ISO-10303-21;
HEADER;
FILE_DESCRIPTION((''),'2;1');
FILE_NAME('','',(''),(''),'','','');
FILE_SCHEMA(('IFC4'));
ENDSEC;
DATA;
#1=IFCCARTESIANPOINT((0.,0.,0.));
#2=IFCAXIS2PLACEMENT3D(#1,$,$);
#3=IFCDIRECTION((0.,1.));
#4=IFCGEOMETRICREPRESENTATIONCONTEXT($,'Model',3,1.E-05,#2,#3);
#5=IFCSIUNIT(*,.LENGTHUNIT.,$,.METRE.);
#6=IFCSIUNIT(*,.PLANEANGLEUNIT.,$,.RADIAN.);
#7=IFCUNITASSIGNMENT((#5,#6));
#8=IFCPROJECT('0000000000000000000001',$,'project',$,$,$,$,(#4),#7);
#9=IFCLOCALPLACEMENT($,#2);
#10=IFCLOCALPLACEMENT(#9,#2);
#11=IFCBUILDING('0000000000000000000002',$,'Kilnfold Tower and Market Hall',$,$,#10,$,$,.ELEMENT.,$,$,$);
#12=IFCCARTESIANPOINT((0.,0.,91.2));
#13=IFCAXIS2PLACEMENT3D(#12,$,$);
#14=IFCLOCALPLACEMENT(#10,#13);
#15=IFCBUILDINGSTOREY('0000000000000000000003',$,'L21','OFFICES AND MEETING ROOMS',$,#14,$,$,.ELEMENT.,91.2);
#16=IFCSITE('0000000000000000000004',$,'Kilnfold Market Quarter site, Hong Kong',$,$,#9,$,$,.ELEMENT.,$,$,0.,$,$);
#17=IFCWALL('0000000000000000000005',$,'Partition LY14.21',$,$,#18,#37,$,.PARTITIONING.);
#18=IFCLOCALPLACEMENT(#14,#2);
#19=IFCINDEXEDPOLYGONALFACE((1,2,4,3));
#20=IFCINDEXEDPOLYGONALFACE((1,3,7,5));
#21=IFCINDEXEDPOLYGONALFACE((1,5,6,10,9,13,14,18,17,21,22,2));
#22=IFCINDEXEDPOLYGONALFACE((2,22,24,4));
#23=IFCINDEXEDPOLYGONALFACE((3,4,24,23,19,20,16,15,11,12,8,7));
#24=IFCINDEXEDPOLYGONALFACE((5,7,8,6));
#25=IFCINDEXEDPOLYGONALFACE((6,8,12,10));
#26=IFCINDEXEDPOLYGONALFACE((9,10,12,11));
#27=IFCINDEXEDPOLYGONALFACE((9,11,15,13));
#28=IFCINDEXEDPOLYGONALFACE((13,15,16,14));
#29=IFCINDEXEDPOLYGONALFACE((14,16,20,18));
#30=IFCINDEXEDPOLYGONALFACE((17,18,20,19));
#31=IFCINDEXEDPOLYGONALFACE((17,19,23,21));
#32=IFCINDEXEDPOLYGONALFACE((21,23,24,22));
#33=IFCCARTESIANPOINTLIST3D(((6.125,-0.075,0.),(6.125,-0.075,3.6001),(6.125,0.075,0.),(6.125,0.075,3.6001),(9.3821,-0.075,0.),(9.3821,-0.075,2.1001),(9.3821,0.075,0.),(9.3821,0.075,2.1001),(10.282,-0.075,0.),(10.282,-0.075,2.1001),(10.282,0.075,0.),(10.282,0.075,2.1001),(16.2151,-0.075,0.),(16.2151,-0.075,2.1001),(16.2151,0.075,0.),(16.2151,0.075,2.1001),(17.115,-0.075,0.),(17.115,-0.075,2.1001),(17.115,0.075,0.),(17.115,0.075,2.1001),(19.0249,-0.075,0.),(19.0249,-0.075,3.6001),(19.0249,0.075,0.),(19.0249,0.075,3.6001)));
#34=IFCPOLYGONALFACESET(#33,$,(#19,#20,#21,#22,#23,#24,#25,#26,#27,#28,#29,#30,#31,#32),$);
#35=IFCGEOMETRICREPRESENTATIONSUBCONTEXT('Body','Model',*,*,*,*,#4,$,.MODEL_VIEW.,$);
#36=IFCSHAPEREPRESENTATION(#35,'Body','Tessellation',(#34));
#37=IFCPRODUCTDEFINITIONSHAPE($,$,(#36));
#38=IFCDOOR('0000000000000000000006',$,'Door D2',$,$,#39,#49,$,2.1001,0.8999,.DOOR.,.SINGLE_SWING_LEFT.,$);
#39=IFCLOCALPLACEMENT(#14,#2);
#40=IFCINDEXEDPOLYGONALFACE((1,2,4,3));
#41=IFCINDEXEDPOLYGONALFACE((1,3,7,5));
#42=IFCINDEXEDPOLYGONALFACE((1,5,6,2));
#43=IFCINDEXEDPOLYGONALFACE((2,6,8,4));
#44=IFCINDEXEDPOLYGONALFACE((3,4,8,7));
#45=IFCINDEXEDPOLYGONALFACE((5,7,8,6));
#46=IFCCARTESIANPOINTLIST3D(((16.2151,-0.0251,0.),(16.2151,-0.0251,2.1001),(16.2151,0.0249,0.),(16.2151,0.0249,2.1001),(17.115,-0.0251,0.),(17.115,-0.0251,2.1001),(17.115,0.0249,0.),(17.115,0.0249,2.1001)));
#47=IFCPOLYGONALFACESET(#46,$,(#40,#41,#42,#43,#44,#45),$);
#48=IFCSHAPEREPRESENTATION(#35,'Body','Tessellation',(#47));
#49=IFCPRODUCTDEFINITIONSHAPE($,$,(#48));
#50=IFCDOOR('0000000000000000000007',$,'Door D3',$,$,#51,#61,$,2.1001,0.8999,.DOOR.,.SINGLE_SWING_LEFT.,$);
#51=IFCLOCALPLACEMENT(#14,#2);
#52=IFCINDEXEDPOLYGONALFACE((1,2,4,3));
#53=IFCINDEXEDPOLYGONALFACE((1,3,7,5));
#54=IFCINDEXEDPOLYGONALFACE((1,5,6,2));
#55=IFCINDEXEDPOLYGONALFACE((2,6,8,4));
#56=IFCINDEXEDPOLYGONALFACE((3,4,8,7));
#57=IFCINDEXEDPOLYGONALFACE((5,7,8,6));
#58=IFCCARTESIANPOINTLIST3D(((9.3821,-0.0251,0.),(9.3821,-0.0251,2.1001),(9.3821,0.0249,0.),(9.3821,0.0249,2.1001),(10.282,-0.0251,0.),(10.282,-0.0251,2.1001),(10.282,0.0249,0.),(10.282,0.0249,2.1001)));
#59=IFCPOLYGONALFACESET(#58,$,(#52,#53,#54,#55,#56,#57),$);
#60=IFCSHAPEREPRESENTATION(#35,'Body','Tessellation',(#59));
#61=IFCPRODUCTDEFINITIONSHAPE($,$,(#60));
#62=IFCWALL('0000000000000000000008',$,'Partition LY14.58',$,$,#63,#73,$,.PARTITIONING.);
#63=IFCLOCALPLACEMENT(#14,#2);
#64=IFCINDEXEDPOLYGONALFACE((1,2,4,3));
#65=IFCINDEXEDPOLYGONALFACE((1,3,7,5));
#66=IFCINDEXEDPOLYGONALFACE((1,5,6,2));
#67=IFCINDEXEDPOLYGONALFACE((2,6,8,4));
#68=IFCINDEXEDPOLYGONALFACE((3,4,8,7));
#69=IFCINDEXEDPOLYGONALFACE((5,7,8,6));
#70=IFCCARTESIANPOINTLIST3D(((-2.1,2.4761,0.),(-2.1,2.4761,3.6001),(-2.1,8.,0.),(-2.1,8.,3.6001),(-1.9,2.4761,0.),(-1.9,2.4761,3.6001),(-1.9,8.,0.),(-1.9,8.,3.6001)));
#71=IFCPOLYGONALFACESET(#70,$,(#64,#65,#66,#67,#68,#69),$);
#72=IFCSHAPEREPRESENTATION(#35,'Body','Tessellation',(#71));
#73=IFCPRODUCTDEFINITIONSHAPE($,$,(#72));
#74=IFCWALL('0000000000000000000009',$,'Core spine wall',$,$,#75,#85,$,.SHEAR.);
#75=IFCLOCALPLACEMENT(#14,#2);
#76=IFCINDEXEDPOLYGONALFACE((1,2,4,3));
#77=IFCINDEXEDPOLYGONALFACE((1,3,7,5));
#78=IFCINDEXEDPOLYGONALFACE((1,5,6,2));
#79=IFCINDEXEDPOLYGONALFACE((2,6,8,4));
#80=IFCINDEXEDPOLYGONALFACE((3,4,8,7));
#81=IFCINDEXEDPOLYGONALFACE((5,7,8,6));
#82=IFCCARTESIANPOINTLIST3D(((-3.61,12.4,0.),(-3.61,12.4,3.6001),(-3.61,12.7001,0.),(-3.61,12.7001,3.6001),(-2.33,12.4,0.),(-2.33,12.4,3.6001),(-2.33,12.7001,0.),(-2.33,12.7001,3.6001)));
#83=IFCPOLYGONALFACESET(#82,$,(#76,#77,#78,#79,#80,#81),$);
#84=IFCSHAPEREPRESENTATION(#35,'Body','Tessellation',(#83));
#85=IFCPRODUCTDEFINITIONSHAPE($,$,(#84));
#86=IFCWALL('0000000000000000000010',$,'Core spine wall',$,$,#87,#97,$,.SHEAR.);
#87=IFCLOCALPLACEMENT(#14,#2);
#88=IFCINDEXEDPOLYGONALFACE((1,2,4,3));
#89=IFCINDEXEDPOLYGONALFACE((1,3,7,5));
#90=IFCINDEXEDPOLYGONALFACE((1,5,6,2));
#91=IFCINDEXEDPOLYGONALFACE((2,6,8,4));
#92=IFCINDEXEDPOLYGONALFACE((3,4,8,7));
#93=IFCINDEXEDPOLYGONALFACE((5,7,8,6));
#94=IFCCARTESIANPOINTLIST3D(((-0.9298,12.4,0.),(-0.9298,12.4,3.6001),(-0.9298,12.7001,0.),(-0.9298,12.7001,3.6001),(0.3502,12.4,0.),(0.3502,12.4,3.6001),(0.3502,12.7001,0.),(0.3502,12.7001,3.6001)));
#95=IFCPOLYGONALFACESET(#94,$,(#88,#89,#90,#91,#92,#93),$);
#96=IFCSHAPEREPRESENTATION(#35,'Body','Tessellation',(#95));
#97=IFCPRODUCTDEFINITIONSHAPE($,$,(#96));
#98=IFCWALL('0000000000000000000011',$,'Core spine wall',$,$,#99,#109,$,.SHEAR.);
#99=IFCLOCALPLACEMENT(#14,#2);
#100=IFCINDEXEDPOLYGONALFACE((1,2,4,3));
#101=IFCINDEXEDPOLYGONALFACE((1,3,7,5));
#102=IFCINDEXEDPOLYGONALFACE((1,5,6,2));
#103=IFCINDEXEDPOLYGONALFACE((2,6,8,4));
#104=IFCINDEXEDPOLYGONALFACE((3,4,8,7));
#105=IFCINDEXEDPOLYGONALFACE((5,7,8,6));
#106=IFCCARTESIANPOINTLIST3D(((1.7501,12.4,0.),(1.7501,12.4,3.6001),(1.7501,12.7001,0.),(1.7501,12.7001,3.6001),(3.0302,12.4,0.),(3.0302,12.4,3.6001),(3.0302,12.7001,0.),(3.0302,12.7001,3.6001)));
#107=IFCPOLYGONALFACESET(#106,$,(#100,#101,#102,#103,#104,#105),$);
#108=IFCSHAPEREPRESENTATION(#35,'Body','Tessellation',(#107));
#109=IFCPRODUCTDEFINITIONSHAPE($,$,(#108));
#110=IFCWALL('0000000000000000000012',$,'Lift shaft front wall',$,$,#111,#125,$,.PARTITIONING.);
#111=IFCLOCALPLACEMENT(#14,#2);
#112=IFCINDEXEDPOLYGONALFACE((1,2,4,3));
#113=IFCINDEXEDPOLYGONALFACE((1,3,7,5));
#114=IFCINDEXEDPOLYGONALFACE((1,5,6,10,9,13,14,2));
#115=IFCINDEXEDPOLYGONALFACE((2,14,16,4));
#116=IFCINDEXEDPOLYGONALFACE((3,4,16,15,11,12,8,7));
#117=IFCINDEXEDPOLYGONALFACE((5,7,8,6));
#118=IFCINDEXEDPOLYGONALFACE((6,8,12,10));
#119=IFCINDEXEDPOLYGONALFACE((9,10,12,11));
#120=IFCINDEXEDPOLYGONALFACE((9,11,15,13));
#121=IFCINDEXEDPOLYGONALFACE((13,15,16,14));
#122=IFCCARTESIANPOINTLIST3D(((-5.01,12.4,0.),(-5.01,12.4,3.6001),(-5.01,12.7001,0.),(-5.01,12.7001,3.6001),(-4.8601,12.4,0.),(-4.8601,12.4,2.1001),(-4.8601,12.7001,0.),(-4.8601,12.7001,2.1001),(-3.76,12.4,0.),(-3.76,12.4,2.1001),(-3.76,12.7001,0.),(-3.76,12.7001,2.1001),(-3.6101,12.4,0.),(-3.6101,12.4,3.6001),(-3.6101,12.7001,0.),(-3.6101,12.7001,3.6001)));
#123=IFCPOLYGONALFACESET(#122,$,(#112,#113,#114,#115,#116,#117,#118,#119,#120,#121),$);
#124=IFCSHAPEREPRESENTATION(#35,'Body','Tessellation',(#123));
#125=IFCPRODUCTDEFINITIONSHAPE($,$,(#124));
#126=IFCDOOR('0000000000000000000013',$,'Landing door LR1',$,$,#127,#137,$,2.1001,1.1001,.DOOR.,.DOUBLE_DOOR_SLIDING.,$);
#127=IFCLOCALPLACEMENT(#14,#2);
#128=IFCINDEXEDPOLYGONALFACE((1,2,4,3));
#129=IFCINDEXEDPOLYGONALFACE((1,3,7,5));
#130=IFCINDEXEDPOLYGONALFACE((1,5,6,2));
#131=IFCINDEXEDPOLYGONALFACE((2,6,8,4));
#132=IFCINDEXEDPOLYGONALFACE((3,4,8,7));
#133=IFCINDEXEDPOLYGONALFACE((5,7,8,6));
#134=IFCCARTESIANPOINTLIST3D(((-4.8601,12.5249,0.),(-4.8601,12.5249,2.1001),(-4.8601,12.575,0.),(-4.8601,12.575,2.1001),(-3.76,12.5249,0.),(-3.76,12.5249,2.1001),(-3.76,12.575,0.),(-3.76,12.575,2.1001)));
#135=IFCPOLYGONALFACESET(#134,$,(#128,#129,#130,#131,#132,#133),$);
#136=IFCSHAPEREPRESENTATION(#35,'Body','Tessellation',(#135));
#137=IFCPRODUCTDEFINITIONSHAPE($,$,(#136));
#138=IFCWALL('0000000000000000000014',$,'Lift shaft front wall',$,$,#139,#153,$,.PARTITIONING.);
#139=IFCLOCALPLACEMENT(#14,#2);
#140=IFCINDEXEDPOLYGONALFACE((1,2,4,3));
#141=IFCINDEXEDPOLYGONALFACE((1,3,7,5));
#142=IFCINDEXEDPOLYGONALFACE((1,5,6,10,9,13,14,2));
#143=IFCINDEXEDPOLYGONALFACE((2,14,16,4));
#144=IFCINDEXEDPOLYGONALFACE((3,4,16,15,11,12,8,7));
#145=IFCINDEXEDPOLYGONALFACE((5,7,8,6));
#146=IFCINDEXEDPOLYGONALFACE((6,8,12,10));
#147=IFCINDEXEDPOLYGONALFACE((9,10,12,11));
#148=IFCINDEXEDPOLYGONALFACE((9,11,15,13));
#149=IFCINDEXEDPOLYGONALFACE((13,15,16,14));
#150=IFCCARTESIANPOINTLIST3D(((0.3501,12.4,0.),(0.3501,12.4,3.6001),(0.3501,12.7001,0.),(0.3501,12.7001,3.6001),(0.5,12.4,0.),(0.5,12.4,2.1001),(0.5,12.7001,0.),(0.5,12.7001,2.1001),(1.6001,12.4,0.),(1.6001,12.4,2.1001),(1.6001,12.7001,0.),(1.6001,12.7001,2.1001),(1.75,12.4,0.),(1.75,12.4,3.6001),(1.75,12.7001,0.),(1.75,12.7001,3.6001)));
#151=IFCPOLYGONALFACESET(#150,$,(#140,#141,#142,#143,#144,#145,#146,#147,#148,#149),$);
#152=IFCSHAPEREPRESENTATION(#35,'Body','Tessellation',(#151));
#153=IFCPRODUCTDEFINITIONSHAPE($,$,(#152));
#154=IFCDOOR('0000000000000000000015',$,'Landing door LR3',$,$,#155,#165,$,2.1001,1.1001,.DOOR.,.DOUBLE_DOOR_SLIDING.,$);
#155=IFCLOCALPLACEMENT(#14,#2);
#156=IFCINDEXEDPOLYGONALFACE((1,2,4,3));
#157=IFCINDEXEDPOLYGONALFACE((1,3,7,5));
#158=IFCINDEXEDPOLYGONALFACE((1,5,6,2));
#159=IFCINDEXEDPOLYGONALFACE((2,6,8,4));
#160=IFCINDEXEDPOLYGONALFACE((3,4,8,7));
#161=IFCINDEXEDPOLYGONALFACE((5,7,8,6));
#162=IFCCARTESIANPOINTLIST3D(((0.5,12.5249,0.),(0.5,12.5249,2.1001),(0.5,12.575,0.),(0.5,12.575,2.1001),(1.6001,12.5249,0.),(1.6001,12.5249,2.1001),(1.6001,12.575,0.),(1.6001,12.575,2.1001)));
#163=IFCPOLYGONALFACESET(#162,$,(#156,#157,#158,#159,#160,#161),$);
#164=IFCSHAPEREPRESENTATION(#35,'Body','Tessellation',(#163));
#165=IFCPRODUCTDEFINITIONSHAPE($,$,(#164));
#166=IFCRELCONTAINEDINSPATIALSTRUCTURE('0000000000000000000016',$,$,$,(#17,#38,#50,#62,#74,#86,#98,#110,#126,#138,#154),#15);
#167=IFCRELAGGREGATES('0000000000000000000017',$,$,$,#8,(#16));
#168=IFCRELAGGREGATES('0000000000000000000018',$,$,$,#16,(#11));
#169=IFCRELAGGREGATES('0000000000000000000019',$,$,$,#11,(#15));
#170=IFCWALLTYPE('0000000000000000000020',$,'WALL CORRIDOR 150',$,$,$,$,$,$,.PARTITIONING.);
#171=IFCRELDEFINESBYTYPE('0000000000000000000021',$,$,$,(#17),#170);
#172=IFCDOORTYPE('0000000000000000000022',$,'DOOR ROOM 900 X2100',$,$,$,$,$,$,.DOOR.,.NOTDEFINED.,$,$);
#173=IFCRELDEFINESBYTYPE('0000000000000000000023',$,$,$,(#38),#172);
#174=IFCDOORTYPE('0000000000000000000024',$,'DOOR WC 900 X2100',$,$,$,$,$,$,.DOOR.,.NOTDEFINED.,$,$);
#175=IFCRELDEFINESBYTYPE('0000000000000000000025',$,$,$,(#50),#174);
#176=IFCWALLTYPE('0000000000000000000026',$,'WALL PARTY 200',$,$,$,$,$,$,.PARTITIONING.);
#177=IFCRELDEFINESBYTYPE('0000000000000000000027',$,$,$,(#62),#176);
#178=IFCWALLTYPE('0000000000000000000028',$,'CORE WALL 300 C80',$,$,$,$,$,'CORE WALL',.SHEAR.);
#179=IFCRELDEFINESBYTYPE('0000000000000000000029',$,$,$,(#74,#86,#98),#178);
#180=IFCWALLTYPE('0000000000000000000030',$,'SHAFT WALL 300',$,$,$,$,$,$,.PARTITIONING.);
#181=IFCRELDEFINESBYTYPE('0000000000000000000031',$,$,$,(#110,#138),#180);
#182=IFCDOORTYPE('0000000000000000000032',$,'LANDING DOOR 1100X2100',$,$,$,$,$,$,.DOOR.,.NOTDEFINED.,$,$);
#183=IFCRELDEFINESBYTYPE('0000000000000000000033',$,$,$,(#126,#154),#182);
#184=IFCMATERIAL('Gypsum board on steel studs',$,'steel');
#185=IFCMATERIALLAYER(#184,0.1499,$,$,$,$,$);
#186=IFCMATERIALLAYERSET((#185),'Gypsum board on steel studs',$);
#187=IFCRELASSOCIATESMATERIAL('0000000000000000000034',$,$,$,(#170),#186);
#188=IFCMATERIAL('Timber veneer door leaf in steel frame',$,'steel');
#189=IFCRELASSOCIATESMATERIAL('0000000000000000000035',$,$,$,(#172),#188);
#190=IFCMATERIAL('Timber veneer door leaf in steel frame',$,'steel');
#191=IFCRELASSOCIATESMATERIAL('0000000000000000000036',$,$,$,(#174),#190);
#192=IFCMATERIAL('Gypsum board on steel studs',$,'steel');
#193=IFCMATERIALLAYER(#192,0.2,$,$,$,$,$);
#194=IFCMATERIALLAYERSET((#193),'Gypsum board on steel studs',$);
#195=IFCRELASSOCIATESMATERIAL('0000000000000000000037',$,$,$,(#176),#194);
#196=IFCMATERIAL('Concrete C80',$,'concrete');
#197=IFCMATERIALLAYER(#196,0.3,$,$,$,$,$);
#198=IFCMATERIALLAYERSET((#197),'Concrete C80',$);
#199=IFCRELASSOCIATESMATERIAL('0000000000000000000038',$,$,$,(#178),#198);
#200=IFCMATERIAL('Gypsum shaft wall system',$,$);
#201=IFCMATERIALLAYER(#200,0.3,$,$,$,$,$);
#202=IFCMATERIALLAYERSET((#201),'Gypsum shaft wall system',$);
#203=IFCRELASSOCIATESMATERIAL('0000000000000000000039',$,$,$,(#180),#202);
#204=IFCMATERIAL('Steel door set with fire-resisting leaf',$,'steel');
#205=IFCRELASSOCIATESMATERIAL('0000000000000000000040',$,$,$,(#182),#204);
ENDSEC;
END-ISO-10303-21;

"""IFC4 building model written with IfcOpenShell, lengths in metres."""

from ifc_helpers import new_model, si_unit, direction, frame, frame_2d, origin, place, context, subcontext, project, spatial, rectangle, extrude, source, transform, mapped, material, layer, layer_set, type_object, element, fill, save


model = new_model("IFC4")

# Units and contexts
model_context = context("Model", 3, precision=1e-05, world=origin(), true_north=direction((0.0, 1.0)))
body_context = subcontext(model_context, "Body", "Model", "MODEL_VIEW")
ifc_project = project(units=[si_unit("LENGTHUNIT", "METRE"), si_unit("PLANEANGLEUNIT", "RADIAN")], contexts=[model_context])

# Site, building, storey
site_placement = place(None, origin())
site = spatial("IfcSite", under=ifc_project, at=site_placement, Name="Kilnfold Market Quarter site, Hong Kong", CompositionType="ELEMENT", RefElevation=0.0)
building_placement = place(site_placement, origin())
building = spatial("IfcBuilding", under=site, at=building_placement, Name="Kilnfold Tower and Market Hall", CompositionType="ELEMENT")
storey_placement = place(building_placement, frame((0.0, 0.0, 91.2)))
storey = spatial("IfcBuildingStorey", under=building, at=storey_placement, Name="L21", Description="OFFICES AND MEETING ROOMS", CompositionType="ELEMENT", Elevation=91.2)

# Shared definitions
ifc_material_1 = material(Name="Gypsum board on steel studs", Category="steel")
ifc_layer_1 = layer(ifc_material_1, 0.1499)
ifc_layer_set_1 = layer_set([ifc_layer_1], Name="Gypsum board on steel studs")
wall_type_1 = type_object("IfcWallType", Name="WALL CORRIDOR 150", PredefinedType="PARTITIONING", material=ifc_layer_set_1)
ifc_material_2 = material(Name="Timber veneer door leaf in steel frame", Category="steel")
door_type_1 = type_object("IfcDoorType", Name="DOOR ROOM 900 X2100", OperationType="NOTDEFINED", PredefinedType="DOOR", material=ifc_material_2)

# Wall, openings, doors
wall_1_placement = place(storey_placement, frame((6.125, 0.0, 0.0), z_axis=(0.0, 0.0, 1.0), x_axis=(1.0, 0.0, 0.0)))
wall_1 = element("IfcWall", 1, at=wall_1_placement, inside=storey, type_object=wall_type_1, Name="Partition LY14.21", PredefinedType="PARTITIONING", context=body_context, shape_type="SweptSolid", body=[
    extrude(rectangle(XDim=12.8999, YDim=0.1499, at=frame_2d((6.45, 0.0))), origin(), (0.0, 0.0, 1.0), 3.6001),
])
opening_1_placement = place(wall_1_placement, frame((3.2571, 0.0, 0.0)))
opening_1 = element("IfcOpeningElement", 2, at=opening_1_placement, cuts=wall_1, PredefinedType="OPENING", context=body_context, shape_type="SweptSolid", body=[
    extrude(rectangle(XDim=0.8999, YDim=2.1001, at=frame_2d((0.45, 1.05))), frame((0.0, 0.085, 0.0), z_axis=(0.0, -1.0, 0.0), x_axis=(1.0, 0.0, 0.0)), (0.0, 0.0, 1.0), 0.1699),
])
opening_2_placement = place(wall_1_placement, frame((10.0901, 0.0, 0.0)))
opening_2 = element("IfcOpeningElement", 3, at=opening_2_placement, cuts=wall_1, PredefinedType="OPENING", context=body_context, shape_type="SweptSolid", body=[
    extrude(rectangle(XDim=0.8999, YDim=2.1001, at=frame_2d((0.45, 1.05))), frame((0.0, 0.085, 0.0), z_axis=(0.0, -1.0, 0.0), x_axis=(1.0, 0.0, 0.0)), (0.0, 0.0, 1.0), 0.1699),
])
door_1_placement = place(opening_2_placement, origin())
door_1 = element("IfcDoor", 4, at=door_1_placement, inside=storey, type_object=door_type_1, Name="Door D2", OperationType="SINGLE_SWING_LEFT", OverallHeight=2.1001, OverallWidth=0.8999, PredefinedType="DOOR", context=body_context, shape_type="SweptSolid", body=[
    extrude(rectangle(XDim=0.8999, YDim=2.1001, at=frame_2d((0.45, 1.05))), frame((0.0, 0.0249, 0.0), z_axis=(0.0, -1.0, 0.0), x_axis=(1.0, 0.0, 0.0)), (0.0, 0.0, 1.0), 0.05),
])
fill(opening_2, door_1)
ifc_material_3 = material(Name="Timber veneer door leaf in steel frame", Category="steel")
door_type_2 = type_object("IfcDoorType", Name="DOOR WC 900 X2100", OperationType="NOTDEFINED", PredefinedType="DOOR", material=ifc_material_3)
door_2_placement = place(opening_1_placement, origin())
door_2 = element("IfcDoor", 5, at=door_2_placement, inside=storey, type_object=door_type_2, Name="Door D3", OperationType="SINGLE_SWING_LEFT", OverallHeight=2.1001, OverallWidth=0.8999, PredefinedType="DOOR", context=body_context, shape_type="SweptSolid", body=[
    extrude(rectangle(XDim=0.8999, YDim=2.1001, at=frame_2d((0.45, 1.05))), frame((0.0, 0.0249, 0.0), z_axis=(0.0, -1.0, 0.0), x_axis=(1.0, 0.0, 0.0)), (0.0, 0.0, 1.0), 0.05),
])
fill(opening_1, door_2)

# Walls
ifc_material_4 = material(Name="Gypsum board on steel studs", Category="steel")
ifc_layer_2 = layer(ifc_material_4, 0.2)
ifc_layer_set_2 = layer_set([ifc_layer_2], Name="Gypsum board on steel studs")
wall_type_2 = type_object("IfcWallType", Name="WALL PARTY 200", PredefinedType="PARTITIONING", material=ifc_layer_set_2)
wall_2_placement = place(storey_placement, frame((-2.0, 2.4761, 0.0), z_axis=(0.0, 0.0, 1.0), x_axis=(0.0, 1.0, 0.0)))
element("IfcWall", 6, at=wall_2_placement, inside=storey, type_object=wall_type_2, Name="Partition LY14.58", PredefinedType="PARTITIONING", context=body_context, shape_type="SweptSolid", body=[
    extrude(rectangle(XDim=5.5239, YDim=0.2, at=frame_2d((2.762, 0.0))), origin(), (0.0, 0.0, 1.0), 3.6001),
])
ifc_material_5 = material(Name="Concrete C80", Category="concrete")
ifc_layer_3 = layer(ifc_material_5, 0.3)
ifc_layer_set_3 = layer_set([ifc_layer_3], Name="Concrete C80")
wall_type_3 = type_object("IfcWallType", Name="CORE WALL 300 C80", ElementType="CORE WALL", PredefinedType="SHEAR", material=ifc_layer_set_3)
shared_shape_1 = source(origin(), body_context, "Body", "SweptSolid", [
    extrude(rectangle(XDim=1.28, YDim=0.3, at=frame_2d((0.6401, 0.0))), origin(), (0.0, 0.0, 1.0), 3.6001),
])
for number, where, z_axis, x_axis, name in (
    (7, (-3.6101, 12.55, 0.0), (0.0, 0.0, 1.0), (1.0, 0.0, 0.0), "Core spine wall"),
    (8, (-0.9299, 12.55, 0.0), (0.0, 0.0, 1.0), (1.0, 0.0, 0.0), "Core spine wall"),
    (9, (1.75, 12.55, 0.0), (0.0, 0.0, 1.0), (1.0, 0.0, 0.0), "Core spine wall"),
):
    element("IfcWall", number, at=place(storey_placement, frame(where, z_axis=z_axis, x_axis=x_axis)), inside=storey, type_object=wall_type_3, Name=name, PredefinedType="SHEAR", context=body_context, shape_type="MappedRepresentation", body=[
        mapped(shared_shape_1, transform((0.0, 0.0, 0.0))),
    ])

# Walls, openings, doors
ifc_material_6 = material(Name="Gypsum shaft wall system")
ifc_layer_4 = layer(ifc_material_6, 0.3)
ifc_layer_set_4 = layer_set([ifc_layer_4], Name="Gypsum shaft wall system")
wall_type_4 = type_object("IfcWallType", Name="SHAFT WALL 300", PredefinedType="PARTITIONING", material=ifc_layer_set_4)
shared_shape_2 = source(origin(), body_context, "Body", "SweptSolid", [
    extrude(rectangle(XDim=1.3999, YDim=0.3, at=frame_2d((0.7, 0.0))), origin(), (0.0, 0.0, 1.0), 3.6001),
])
wall_3_placement = place(storey_placement, frame((-5.01, 12.55, 0.0), z_axis=(0.0, 0.0, 1.0), x_axis=(1.0, 0.0, 0.0)))
wall_3 = element("IfcWall", 10, at=wall_3_placement, inside=storey, type_object=wall_type_4, Name="Lift shaft front wall", PredefinedType="PARTITIONING", context=body_context, shape_type="MappedRepresentation", body=[
    mapped(shared_shape_2, transform((0.0, 0.0, 0.0))),
])
opening_3_placement = place(wall_3_placement, frame((0.1499, 0.0, 0.0)))
opening_3 = element("IfcOpeningElement", 11, at=opening_3_placement, cuts=wall_3, PredefinedType="OPENING", context=body_context, shape_type="SweptSolid", body=[
    extrude(rectangle(XDim=1.1001, YDim=2.1001, at=frame_2d((0.55, 1.05))), frame((0.0, 0.1602, 0.0), z_axis=(0.0, -1.0, 0.0), x_axis=(1.0, 0.0, 0.0)), (0.0, 0.0, 1.0), 0.3201),
])
ifc_material_7 = material(Name="Steel door set with fire-resisting leaf", Category="steel")
door_type_3 = type_object("IfcDoorType", Name="LANDING DOOR 1100X2100", OperationType="NOTDEFINED", PredefinedType="DOOR", material=ifc_material_7)
door_3_placement = place(opening_3_placement, origin())
door_3 = element("IfcDoor", 12, at=door_3_placement, inside=storey, type_object=door_type_3, Name="Landing door LR1", OperationType="DOUBLE_DOOR_SLIDING", OverallHeight=2.1001, OverallWidth=1.1001, PredefinedType="DOOR", context=body_context, shape_type="SweptSolid", body=[
    extrude(rectangle(XDim=1.1001, YDim=2.1001, at=frame_2d((0.55, 1.05))), frame((0.0, 0.0249, 0.0), z_axis=(0.0, -1.0, 0.0), x_axis=(1.0, 0.0, 0.0)), (0.0, 0.0, 1.0), 0.05),
])
fill(opening_3, door_3)
wall_4_placement = place(storey_placement, frame((0.3501, 12.55, 0.0), z_axis=(0.0, 0.0, 1.0), x_axis=(1.0, 0.0, 0.0)))
wall_4 = element("IfcWall", 13, at=wall_4_placement, inside=storey, type_object=wall_type_4, Name="Lift shaft front wall", PredefinedType="PARTITIONING", context=body_context, shape_type="MappedRepresentation", body=[
    mapped(shared_shape_2, transform((0.0, 0.0, 0.0))),
])
opening_4_placement = place(wall_4_placement, frame((0.1499, 0.0, 0.0)))
opening_4 = element("IfcOpeningElement", 14, at=opening_4_placement, cuts=wall_4, PredefinedType="OPENING", context=body_context, shape_type="SweptSolid", body=[
    extrude(rectangle(XDim=1.1001, YDim=2.1001, at=frame_2d((0.55, 1.05))), frame((0.0, 0.1602, 0.0), z_axis=(0.0, -1.0, 0.0), x_axis=(1.0, 0.0, 0.0)), (0.0, 0.0, 1.0), 0.3201),
])
door_4_placement = place(opening_4_placement, origin())
door_4 = element("IfcDoor", 15, at=door_4_placement, inside=storey, type_object=door_type_3, Name="Landing door LR3", OperationType="DOUBLE_DOOR_SLIDING", OverallHeight=2.1001, OverallWidth=1.1001, PredefinedType="DOOR", context=body_context, shape_type="SweptSolid", body=[
    extrude(rectangle(XDim=1.1001, YDim=2.1001, at=frame_2d((0.55, 1.05))), frame((0.0, 0.0249, 0.0), z_axis=(0.0, -1.0, 0.0), x_axis=(1.0, 0.0, 0.0)), (0.0, 0.0, 1.0), 0.05),
])
fill(opening_4, door_4)

save(model, "model.ifc")
